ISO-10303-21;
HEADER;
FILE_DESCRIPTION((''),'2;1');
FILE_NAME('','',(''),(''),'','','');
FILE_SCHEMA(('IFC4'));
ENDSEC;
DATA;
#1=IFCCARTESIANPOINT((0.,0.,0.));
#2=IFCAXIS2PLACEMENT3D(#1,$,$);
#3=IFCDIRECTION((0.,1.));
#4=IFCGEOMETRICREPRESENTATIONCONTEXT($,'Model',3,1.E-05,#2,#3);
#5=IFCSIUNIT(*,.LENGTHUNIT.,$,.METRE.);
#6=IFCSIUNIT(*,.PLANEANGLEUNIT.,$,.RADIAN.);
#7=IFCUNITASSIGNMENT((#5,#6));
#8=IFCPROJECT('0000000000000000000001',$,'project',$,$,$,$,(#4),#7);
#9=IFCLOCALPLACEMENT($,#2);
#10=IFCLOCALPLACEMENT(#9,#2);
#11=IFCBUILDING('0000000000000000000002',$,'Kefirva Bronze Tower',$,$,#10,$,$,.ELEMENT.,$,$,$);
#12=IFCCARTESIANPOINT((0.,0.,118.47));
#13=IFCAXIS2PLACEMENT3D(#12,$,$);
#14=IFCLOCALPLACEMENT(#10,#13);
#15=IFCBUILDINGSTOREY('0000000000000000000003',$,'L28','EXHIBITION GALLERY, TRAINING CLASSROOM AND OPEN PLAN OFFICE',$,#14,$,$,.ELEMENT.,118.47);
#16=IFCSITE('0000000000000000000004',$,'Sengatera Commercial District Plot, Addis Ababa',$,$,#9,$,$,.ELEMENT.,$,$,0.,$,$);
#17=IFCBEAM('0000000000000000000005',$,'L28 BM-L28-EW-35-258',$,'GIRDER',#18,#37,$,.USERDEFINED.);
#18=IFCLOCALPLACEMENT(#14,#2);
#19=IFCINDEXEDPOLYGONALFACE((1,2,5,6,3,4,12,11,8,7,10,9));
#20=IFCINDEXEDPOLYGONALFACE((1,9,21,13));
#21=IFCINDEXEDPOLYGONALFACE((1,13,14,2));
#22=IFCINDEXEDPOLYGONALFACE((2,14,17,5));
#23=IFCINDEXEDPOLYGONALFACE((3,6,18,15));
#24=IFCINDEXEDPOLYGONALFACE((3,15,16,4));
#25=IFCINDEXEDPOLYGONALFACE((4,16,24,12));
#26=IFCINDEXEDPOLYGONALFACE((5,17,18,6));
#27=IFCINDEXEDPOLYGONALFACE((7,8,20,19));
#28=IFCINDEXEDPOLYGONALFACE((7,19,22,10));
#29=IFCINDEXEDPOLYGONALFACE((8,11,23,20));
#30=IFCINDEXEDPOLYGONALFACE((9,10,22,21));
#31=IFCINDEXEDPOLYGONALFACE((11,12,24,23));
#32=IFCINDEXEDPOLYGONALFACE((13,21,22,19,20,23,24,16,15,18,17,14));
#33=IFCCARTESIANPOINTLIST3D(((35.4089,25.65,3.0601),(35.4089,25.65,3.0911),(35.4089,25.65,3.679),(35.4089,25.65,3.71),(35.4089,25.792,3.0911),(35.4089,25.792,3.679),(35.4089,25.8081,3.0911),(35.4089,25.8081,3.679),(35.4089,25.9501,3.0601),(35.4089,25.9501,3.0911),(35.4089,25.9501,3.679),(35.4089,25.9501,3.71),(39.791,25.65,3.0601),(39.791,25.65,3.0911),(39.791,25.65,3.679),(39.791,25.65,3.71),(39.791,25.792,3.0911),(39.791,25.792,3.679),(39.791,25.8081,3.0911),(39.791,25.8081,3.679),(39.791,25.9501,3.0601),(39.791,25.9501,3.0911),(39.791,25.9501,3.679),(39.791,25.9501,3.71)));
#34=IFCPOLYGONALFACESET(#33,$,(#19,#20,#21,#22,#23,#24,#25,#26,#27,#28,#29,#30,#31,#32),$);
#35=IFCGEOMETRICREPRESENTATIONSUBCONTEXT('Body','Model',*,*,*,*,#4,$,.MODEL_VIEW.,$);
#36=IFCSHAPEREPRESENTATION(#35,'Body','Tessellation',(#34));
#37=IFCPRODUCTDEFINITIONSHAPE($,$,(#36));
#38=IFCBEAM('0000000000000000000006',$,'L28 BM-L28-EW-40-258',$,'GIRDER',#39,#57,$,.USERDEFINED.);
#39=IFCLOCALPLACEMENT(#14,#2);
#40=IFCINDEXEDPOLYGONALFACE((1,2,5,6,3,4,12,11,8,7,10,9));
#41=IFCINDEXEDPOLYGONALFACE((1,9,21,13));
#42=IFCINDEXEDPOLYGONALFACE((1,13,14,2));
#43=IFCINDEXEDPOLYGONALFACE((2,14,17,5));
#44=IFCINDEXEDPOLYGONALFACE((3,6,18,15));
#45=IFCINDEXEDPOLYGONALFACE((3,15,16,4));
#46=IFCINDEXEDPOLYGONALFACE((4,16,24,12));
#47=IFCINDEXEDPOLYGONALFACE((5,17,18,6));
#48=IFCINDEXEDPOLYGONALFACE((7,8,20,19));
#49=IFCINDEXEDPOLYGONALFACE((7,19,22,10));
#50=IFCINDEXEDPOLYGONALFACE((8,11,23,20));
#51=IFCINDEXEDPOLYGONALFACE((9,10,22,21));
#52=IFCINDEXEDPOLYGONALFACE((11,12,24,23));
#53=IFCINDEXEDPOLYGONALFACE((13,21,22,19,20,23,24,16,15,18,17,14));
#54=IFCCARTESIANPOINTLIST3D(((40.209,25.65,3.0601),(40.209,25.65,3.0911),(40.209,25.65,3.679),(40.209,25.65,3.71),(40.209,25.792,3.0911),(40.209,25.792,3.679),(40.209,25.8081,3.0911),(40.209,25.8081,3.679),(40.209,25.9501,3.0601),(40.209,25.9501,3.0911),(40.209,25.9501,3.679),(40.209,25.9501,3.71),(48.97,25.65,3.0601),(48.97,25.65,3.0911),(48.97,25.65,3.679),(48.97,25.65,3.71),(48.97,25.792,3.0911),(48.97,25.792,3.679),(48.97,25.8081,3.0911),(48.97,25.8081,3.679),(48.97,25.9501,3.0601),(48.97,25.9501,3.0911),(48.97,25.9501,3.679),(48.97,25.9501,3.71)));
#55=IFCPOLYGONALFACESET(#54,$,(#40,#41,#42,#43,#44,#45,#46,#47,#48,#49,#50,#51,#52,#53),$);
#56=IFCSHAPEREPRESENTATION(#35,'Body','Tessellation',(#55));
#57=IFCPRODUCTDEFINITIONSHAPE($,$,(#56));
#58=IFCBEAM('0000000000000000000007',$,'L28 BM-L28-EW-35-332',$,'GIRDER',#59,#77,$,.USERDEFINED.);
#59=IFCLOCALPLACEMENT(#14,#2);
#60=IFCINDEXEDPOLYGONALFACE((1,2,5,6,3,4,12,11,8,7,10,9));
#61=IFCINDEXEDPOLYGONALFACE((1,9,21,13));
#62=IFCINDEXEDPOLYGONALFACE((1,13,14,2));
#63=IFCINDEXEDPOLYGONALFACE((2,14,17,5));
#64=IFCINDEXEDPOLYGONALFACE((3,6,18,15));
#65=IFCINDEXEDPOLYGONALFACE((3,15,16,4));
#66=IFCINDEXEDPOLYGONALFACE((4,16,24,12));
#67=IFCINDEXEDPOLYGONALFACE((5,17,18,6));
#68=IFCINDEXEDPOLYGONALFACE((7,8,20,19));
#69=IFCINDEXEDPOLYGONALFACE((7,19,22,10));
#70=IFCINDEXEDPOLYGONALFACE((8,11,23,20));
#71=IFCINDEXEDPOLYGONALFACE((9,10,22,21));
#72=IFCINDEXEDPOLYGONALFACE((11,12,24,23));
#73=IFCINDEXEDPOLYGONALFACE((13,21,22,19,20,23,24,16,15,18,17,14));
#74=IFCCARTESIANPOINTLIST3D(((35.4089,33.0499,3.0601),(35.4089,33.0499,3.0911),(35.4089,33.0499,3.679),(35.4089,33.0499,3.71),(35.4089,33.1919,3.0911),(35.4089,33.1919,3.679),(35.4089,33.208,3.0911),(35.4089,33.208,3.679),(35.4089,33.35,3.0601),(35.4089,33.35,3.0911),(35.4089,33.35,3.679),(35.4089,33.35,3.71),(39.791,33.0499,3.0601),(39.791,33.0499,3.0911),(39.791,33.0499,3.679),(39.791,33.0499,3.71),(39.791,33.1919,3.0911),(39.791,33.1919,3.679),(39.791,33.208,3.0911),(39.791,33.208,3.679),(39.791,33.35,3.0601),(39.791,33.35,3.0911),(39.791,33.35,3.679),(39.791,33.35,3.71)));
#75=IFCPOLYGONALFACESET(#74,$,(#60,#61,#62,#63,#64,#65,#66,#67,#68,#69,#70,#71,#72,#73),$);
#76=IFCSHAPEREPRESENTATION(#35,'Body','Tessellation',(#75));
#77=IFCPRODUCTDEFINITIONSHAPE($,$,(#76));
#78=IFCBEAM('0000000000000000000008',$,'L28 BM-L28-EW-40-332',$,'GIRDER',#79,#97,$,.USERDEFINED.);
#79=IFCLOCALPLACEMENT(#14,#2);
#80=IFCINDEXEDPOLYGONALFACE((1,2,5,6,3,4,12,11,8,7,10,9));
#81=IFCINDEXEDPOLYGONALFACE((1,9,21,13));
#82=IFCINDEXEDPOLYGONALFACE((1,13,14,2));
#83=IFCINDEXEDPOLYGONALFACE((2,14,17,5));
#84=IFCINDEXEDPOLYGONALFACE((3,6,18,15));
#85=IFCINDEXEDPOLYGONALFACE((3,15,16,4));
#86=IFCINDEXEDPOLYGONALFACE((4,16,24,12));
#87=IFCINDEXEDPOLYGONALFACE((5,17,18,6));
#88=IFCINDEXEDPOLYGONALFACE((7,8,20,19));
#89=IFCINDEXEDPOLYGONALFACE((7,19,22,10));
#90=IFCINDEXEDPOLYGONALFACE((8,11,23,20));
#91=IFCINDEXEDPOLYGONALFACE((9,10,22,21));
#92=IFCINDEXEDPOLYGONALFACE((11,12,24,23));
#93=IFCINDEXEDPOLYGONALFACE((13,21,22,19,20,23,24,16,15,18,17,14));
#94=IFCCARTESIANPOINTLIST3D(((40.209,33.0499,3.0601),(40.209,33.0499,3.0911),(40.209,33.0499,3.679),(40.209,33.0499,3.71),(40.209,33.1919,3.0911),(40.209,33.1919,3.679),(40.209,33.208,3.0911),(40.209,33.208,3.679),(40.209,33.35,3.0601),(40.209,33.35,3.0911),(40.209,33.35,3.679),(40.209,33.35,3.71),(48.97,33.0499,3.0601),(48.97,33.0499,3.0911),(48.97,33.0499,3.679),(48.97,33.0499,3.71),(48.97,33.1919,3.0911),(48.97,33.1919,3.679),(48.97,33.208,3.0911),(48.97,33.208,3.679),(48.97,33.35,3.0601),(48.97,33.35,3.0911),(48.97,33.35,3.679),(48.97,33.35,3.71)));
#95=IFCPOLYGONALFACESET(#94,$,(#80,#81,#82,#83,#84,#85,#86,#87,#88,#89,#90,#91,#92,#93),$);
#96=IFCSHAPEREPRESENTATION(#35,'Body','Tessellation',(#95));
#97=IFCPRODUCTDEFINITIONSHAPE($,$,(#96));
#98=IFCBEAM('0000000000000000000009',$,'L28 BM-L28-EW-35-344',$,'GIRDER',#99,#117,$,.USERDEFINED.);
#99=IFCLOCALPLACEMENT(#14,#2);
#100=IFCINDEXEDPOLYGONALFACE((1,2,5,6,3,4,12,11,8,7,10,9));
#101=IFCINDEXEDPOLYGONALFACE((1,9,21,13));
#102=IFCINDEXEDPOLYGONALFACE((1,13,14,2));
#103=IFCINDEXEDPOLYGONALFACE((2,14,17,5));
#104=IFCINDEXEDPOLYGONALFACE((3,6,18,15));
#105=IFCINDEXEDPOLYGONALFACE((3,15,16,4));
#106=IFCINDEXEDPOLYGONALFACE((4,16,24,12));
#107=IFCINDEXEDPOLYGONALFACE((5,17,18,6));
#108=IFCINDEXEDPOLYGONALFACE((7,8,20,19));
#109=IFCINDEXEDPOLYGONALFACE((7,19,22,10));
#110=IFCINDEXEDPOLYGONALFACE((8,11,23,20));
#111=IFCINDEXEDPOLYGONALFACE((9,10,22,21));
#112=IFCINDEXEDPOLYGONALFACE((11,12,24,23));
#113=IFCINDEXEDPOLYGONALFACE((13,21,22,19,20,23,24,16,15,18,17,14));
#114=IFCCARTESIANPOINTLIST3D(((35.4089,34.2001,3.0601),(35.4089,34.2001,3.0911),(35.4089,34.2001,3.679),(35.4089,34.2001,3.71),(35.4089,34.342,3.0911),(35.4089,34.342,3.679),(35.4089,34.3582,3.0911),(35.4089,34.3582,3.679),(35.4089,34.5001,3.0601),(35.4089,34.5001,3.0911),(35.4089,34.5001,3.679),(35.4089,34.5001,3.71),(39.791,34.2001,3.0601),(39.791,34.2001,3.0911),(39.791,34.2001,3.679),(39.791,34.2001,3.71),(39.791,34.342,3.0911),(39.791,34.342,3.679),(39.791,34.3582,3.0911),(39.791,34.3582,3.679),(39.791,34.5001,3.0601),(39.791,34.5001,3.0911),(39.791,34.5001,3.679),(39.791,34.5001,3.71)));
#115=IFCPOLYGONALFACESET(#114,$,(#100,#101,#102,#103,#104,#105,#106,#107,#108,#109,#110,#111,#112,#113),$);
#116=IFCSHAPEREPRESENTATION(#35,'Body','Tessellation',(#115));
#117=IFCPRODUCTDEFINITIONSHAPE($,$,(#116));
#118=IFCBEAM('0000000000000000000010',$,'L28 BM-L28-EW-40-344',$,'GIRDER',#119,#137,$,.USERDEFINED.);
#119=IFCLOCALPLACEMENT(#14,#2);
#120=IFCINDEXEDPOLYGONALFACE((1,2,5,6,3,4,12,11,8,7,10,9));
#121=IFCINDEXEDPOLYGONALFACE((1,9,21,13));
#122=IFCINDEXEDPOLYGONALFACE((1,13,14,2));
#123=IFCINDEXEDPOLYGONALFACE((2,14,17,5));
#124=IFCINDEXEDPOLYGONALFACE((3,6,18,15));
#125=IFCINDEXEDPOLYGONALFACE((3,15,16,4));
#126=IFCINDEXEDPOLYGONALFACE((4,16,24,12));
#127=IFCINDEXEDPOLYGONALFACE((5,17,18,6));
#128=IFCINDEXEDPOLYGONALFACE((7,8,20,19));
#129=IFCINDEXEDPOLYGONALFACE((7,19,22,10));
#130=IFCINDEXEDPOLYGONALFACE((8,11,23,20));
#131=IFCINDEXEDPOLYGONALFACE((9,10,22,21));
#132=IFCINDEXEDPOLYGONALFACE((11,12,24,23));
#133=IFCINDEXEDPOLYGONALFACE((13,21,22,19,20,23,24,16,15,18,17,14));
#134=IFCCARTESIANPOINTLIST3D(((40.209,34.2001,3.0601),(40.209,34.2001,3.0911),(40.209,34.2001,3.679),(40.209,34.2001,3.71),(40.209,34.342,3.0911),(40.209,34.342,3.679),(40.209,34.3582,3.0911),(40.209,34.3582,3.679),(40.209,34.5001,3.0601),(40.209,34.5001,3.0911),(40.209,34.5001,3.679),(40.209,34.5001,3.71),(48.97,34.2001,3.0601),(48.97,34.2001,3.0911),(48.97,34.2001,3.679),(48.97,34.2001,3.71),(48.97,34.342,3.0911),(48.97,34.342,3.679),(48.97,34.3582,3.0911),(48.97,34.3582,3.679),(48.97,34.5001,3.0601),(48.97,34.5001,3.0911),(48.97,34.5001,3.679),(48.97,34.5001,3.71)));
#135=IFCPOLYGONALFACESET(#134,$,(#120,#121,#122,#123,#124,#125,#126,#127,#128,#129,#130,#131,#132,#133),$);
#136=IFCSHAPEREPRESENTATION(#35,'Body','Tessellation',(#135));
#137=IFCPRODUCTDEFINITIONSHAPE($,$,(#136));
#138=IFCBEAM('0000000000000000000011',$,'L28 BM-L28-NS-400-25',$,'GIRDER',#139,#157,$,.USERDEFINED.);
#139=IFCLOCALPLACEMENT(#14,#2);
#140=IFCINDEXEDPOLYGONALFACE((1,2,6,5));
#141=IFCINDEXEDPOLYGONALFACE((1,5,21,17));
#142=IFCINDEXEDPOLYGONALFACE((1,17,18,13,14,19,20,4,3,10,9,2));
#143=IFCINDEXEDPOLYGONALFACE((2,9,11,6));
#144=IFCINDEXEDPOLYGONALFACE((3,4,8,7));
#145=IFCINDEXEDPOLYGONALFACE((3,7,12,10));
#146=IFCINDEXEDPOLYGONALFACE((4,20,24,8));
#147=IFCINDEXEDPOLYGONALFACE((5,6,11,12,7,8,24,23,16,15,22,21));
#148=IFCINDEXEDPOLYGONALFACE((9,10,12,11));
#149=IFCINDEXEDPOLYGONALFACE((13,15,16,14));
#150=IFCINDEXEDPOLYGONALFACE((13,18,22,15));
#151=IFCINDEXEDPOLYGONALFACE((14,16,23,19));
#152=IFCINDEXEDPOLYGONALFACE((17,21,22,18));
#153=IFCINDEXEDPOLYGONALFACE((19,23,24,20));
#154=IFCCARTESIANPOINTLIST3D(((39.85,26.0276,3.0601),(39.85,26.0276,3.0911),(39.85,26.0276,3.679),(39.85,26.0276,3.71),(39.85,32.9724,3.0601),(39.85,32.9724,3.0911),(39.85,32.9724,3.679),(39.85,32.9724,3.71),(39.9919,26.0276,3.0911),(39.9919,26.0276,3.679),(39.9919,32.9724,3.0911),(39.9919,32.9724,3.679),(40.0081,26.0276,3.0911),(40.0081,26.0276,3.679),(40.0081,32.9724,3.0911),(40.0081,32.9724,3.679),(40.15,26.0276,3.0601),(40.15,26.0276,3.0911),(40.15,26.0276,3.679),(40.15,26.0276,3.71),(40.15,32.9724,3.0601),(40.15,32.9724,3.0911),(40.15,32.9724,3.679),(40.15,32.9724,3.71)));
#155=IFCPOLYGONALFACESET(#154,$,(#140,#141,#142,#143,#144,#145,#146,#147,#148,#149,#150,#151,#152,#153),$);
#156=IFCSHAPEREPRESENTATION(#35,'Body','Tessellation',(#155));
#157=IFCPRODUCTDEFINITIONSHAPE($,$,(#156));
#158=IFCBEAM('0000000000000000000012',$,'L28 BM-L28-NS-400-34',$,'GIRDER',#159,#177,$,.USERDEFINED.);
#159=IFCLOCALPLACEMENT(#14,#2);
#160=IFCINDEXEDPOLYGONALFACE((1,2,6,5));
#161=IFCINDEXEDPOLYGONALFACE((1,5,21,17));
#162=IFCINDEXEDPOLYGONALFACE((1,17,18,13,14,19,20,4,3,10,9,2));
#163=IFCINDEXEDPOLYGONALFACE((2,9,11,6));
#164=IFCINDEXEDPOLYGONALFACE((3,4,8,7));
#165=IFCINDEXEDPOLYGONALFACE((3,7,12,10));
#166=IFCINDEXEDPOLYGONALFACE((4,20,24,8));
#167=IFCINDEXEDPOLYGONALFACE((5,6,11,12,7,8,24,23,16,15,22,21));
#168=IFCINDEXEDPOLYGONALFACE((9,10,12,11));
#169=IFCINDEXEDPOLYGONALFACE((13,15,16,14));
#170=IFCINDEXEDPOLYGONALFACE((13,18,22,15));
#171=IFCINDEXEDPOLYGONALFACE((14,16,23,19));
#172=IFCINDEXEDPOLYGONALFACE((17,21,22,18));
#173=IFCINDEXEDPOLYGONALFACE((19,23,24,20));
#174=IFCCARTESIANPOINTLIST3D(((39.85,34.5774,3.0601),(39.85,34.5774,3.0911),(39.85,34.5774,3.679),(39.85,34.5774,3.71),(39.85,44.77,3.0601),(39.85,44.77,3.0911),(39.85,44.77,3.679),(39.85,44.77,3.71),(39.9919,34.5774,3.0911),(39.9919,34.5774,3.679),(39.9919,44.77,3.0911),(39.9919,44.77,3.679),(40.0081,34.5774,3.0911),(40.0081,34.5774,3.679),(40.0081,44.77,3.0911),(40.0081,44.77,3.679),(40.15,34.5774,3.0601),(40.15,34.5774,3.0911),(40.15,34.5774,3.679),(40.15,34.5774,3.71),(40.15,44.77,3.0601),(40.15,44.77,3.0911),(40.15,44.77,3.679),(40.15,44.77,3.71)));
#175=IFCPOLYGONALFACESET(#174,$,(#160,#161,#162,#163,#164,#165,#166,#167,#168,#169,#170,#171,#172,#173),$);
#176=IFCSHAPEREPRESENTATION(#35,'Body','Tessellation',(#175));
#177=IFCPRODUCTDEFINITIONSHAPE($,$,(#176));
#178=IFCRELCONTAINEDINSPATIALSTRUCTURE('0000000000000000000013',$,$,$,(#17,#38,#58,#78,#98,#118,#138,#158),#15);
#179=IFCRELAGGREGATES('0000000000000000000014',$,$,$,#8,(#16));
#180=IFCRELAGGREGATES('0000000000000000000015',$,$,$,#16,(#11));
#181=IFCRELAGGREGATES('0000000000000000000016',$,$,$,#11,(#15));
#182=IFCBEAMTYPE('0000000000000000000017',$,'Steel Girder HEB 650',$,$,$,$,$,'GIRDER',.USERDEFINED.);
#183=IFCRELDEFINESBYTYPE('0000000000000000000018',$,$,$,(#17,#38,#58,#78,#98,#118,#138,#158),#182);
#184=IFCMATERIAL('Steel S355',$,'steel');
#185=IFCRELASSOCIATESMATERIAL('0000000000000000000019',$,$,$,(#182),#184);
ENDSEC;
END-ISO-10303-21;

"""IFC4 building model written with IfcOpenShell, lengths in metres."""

from ifc_helpers import new_model, si_unit, direction, frame, origin, origin_2d, place, context, subcontext, project, spatial, i_section, extrude, material, material_profile, profile_set, type_object, element, save


model = new_model("IFC4")

# Units and contexts
model_context = context("Model", 3, precision=1e-05, world=origin(), true_north=direction((0.0, 1.0)))
body_context = subcontext(model_context, "Body", "Model", "MODEL_VIEW")
ifc_project = project(units=[si_unit("LENGTHUNIT", "METRE"), si_unit("PLANEANGLEUNIT", "RADIAN")], contexts=[model_context])

# Site, building, storey
site_placement = place(None, origin())
site = spatial("IfcSite", under=ifc_project, at=site_placement, Name="Sengatera Commercial District Plot, Addis Ababa", CompositionType="ELEMENT", RefElevation=0.0)
building_placement = place(site_placement, origin())
building = spatial("IfcBuilding", under=site, at=building_placement, Name="Kefirva Bronze Tower", CompositionType="ELEMENT")
storey_placement = place(building_placement, frame((0.0, 0.0, 118.47)))
storey = spatial("IfcBuildingStorey", under=building, at=storey_placement, Name="L28", Description="EXHIBITION GALLERY, TRAINING CLASSROOM AND OPEN PLAN OFFICE", CompositionType="ELEMENT", Elevation=118.47)

# Beams
ifc_material_1 = material(Name="Steel S355", Category="steel")
ifc_material_profile_1 = material_profile(ifc_material_1, i_section(OverallWidth=0.3, OverallDepth=0.6499, WebThickness=0.0161, FlangeThickness=0.031, at=origin_2d()), Name="HEB 650")
ifc_profile_set_1 = profile_set([ifc_material_profile_1], Name="Steel S355")
beam_type_1 = type_object("IfcBeamType", Name="Steel Girder HEB 650", ElementType="GIRDER", PredefinedType="USERDEFINED", material=ifc_profile_set_1)
beam_1_placement = place(storey_placement, frame((35.4089, 25.8, 3.385), z_axis=(1.0, 0.0, 0.0), x_axis=(0.0, 1.0, 0.0)))
element("IfcBeam", 1, at=beam_1_placement, inside=storey, type_object=beam_type_1, Name="L28 BM-L28-EW-35-258", ObjectType="GIRDER", PredefinedType="USERDEFINED", context=body_context, shape_type="SweptSolid", body=[
    extrude(i_section(OverallWidth=0.3, OverallDepth=0.6499, WebThickness=0.0161, FlangeThickness=0.031, at=origin_2d()), origin(), (0.0, 0.0, 1.0), 4.3821),
])
beam_2_placement = place(storey_placement, frame((40.209, 25.8, 3.385), z_axis=(1.0, 0.0, 0.0), x_axis=(0.0, 1.0, 0.0)))
element("IfcBeam", 2, at=beam_2_placement, inside=storey, type_object=beam_type_1, Name="L28 BM-L28-EW-40-258", ObjectType="GIRDER", PredefinedType="USERDEFINED", context=body_context, shape_type="SweptSolid", body=[
    extrude(i_section(OverallWidth=0.3, OverallDepth=0.6499, WebThickness=0.0161, FlangeThickness=0.031, at=origin_2d()), origin(), (0.0, 0.0, 1.0), 8.761),
])
beam_3_placement = place(storey_placement, frame((35.4089, 33.2, 3.385), z_axis=(1.0, 0.0, 0.0), x_axis=(0.0, 1.0, 0.0)))
element("IfcBeam", 3, at=beam_3_placement, inside=storey, type_object=beam_type_1, Name="L28 BM-L28-EW-35-332", ObjectType="GIRDER", PredefinedType="USERDEFINED", context=body_context, shape_type="SweptSolid", body=[
    extrude(i_section(OverallWidth=0.3, OverallDepth=0.6499, WebThickness=0.0161, FlangeThickness=0.031, at=origin_2d()), origin(), (0.0, 0.0, 1.0), 4.3821),
])
beam_4_placement = place(storey_placement, frame((40.209, 33.2, 3.385), z_axis=(1.0, 0.0, 0.0), x_axis=(0.0, 1.0, 0.0)))
element("IfcBeam", 4, at=beam_4_placement, inside=storey, type_object=beam_type_1, Name="L28 BM-L28-EW-40-332", ObjectType="GIRDER", PredefinedType="USERDEFINED", context=body_context, shape_type="SweptSolid", body=[
    extrude(i_section(OverallWidth=0.3, OverallDepth=0.6499, WebThickness=0.0161, FlangeThickness=0.031, at=origin_2d()), origin(), (0.0, 0.0, 1.0), 8.761),
])
beam_5_placement = place(storey_placement, frame((35.4089, 34.3501, 3.385), z_axis=(1.0, 0.0, 0.0), x_axis=(0.0, 1.0, 0.0)))
element("IfcBeam", 5, at=beam_5_placement, inside=storey, type_object=beam_type_1, Name="L28 BM-L28-EW-35-344", ObjectType="GIRDER", PredefinedType="USERDEFINED", context=body_context, shape_type="SweptSolid", body=[
    extrude(i_section(OverallWidth=0.3, OverallDepth=0.6499, WebThickness=0.0161, FlangeThickness=0.031, at=origin_2d()), origin(), (0.0, 0.0, 1.0), 4.3821),
])
beam_6_placement = place(storey_placement, frame((40.209, 34.3501, 3.385), z_axis=(1.0, 0.0, 0.0), x_axis=(0.0, 1.0, 0.0)))
element("IfcBeam", 6, at=beam_6_placement, inside=storey, type_object=beam_type_1, Name="L28 BM-L28-EW-40-344", ObjectType="GIRDER", PredefinedType="USERDEFINED", context=body_context, shape_type="SweptSolid", body=[
    extrude(i_section(OverallWidth=0.3, OverallDepth=0.6499, WebThickness=0.0161, FlangeThickness=0.031, at=origin_2d()), origin(), (0.0, 0.0, 1.0), 8.761),
])
beam_7_placement = place(storey_placement, frame((40.0, 26.0276, 3.385), z_axis=(0.0, 1.0, 0.0), x_axis=(-1.0, 0.0, 0.0)))
element("IfcBeam", 7, at=beam_7_placement, inside=storey, type_object=beam_type_1, Name="L28 BM-L28-NS-400-25", ObjectType="GIRDER", PredefinedType="USERDEFINED", context=body_context, shape_type="SweptSolid", body=[
    extrude(i_section(OverallWidth=0.3, OverallDepth=0.6499, WebThickness=0.0161, FlangeThickness=0.031, at=origin_2d()), origin(), (0.0, 0.0, 1.0), 6.9448),
])
beam_8_placement = place(storey_placement, frame((40.0, 34.5774, 3.385), z_axis=(0.0, 1.0, 0.0), x_axis=(-1.0, 0.0, 0.0)))
element("IfcBeam", 8, at=beam_8_placement, inside=storey, type_object=beam_type_1, Name="L28 BM-L28-NS-400-34", ObjectType="GIRDER", PredefinedType="USERDEFINED", context=body_context, shape_type="SweptSolid", body=[
    extrude(i_section(OverallWidth=0.3, OverallDepth=0.6499, WebThickness=0.0161, FlangeThickness=0.031, at=origin_2d()), origin(), (0.0, 0.0, 1.0), 10.1926),
])

save(model, "model.ifc")
